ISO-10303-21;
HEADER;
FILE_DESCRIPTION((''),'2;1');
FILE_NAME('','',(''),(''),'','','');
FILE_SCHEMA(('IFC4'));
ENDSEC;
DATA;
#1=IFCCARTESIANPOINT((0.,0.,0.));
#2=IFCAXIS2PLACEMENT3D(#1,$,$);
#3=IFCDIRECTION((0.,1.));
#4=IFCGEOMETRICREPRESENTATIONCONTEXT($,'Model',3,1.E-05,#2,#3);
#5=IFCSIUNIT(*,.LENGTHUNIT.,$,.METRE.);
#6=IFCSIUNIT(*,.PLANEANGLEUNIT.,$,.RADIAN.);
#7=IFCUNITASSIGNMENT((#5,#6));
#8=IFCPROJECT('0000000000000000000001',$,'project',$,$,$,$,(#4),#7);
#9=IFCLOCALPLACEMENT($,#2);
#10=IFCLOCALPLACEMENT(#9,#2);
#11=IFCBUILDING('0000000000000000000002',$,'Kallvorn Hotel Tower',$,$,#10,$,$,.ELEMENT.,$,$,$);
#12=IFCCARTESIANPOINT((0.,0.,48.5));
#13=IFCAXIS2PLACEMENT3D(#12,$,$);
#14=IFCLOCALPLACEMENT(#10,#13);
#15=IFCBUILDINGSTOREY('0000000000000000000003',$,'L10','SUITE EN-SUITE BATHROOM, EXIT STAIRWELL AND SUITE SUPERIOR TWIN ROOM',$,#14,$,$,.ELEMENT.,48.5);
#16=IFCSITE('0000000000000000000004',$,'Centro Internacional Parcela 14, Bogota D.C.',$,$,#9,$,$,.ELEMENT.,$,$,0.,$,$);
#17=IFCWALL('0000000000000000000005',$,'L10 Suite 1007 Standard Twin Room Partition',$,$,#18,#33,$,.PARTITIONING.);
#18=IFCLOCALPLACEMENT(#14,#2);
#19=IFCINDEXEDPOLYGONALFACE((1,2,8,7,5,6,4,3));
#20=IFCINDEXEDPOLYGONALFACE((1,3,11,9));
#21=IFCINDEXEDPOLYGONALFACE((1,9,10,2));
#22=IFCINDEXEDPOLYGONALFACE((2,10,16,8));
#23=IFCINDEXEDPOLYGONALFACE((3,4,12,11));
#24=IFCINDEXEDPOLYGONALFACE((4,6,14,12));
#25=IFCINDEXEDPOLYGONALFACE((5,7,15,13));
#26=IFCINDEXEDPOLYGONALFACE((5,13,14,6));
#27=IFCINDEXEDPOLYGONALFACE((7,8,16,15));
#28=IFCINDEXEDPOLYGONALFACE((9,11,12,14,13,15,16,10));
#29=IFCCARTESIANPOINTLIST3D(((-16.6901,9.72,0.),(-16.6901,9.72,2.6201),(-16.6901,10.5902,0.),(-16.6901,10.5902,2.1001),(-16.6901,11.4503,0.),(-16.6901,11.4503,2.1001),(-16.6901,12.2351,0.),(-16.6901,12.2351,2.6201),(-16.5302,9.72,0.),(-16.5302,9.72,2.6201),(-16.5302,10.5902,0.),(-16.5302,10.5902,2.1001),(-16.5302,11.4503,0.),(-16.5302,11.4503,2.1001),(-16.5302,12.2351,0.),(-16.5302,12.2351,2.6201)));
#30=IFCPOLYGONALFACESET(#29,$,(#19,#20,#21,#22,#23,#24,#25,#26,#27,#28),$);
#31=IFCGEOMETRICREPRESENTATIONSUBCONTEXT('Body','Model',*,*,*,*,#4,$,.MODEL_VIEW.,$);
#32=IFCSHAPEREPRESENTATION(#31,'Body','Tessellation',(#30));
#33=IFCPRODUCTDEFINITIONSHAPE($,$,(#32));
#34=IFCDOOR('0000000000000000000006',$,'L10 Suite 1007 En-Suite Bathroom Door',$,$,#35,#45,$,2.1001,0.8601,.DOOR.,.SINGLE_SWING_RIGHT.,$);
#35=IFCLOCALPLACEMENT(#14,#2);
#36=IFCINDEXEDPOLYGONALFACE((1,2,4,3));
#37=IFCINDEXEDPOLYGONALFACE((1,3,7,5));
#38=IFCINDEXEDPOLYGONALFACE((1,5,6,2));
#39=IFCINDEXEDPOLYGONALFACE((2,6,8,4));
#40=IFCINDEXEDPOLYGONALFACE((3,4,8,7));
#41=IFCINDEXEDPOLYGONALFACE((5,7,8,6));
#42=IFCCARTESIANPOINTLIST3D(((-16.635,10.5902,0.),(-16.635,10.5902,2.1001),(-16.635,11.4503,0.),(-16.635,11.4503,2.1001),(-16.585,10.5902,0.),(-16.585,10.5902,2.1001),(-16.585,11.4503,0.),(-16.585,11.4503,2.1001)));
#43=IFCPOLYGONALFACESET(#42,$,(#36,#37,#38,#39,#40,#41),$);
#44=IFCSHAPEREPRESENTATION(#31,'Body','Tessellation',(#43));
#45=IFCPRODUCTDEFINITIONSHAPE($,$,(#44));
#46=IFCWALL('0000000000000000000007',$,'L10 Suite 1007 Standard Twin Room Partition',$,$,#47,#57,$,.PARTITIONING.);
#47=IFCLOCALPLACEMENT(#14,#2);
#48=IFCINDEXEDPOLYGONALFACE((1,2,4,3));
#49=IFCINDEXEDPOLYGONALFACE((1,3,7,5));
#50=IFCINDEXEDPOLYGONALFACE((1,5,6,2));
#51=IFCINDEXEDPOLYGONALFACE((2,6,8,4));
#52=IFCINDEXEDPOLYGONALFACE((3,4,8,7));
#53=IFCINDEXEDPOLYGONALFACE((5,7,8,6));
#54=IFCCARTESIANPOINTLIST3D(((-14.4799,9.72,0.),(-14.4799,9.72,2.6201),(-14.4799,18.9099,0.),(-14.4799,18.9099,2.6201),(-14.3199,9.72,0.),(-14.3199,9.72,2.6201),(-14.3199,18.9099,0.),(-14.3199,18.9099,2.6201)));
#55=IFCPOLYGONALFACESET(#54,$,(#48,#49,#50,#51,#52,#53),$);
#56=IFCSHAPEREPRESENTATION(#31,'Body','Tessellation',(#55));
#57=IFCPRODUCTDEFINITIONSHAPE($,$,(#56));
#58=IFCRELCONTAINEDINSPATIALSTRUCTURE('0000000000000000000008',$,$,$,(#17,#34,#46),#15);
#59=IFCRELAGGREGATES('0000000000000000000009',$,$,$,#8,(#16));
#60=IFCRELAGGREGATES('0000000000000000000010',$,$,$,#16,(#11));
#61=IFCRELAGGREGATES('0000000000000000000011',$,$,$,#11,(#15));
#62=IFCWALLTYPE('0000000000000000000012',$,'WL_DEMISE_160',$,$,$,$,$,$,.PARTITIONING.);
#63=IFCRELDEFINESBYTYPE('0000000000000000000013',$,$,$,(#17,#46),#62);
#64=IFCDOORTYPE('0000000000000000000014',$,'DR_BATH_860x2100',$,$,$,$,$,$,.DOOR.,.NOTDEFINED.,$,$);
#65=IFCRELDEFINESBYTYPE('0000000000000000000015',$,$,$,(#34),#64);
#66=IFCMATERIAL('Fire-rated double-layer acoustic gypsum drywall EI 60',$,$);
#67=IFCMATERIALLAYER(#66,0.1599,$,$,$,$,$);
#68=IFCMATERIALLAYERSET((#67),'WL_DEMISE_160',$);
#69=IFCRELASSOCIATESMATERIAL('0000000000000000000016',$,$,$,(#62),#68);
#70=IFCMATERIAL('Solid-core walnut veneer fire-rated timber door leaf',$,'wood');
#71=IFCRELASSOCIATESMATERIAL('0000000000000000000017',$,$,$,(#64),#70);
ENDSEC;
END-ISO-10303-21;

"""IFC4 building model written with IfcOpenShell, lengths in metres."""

from ifc_helpers import new_model, si_unit, direction, frame, frame_2d, origin, place, context, subcontext, project, spatial, rectangle, extrude, material, layer, layer_set, type_object, element, fill, save


model = new_model("IFC4")

# Units and contexts
model_context = context("Model", 3, precision=1e-05, world=origin(), true_north=direction((0.0, 1.0)))
body_context = subcontext(model_context, "Body", "Model", "MODEL_VIEW")
ifc_project = project(units=[si_unit("LENGTHUNIT", "METRE"), si_unit("PLANEANGLEUNIT", "RADIAN")], contexts=[model_context])

# Site, building, storey
site_placement = place(None, origin())
site = spatial("IfcSite", under=ifc_project, at=site_placement, Name="Centro Internacional Parcela 14, Bogota D.C.", CompositionType="ELEMENT", RefElevation=0.0)
building_placement = place(site_placement, origin())
building = spatial("IfcBuilding", under=site, at=building_placement, Name="Kallvorn Hotel Tower", CompositionType="ELEMENT")
storey_placement = place(building_placement, frame((0.0, 0.0, 48.5)))
storey = spatial("IfcBuildingStorey", under=building, at=storey_placement, Name="L10", Description="SUITE EN-SUITE BATHROOM, EXIT STAIRWELL AND SUITE SUPERIOR TWIN ROOM", CompositionType="ELEMENT", Elevation=48.5)

# Shared definitions
ifc_material_1 = material(Name="Fire-rated double-layer acoustic gypsum drywall EI 60")
ifc_layer_1 = layer(ifc_material_1, 0.1599)
ifc_layer_set_1 = layer_set([ifc_layer_1], Name="WL_DEMISE_160")
wall_type = type_object("IfcWallType", Name="WL_DEMISE_160", PredefinedType="PARTITIONING", material=ifc_layer_set_1)

# Wall, opening, door
wall_1_placement = place(storey_placement, frame((-16.6101, 9.72, 0.0), z_axis=(0.0, 0.0, 1.0), x_axis=(0.0, 1.0, 0.0)))
wall_1 = element("IfcWall", 1, at=wall_1_placement, inside=storey, type_object=wall_type, Name="L10 Suite 1007 Standard Twin Room Partition", PredefinedType="PARTITIONING", context=body_context, shape_type="SweptSolid", body=[
    extrude(rectangle(XDim=2.5151, YDim=0.1599, at=frame_2d((1.2576, 0.0))), origin(), (0.0, 0.0, 1.0), 2.6201),
])
opening_placement = place(wall_1_placement, frame((0.8701, 0.0, 0.0)))
opening = element("IfcOpeningElement", 2, at=opening_placement, cuts=wall_1, PredefinedType="OPENING", context=body_context, shape_type="SweptSolid", body=[
    extrude(rectangle(XDim=0.8601, YDim=2.1001, at=frame_2d((0.4302, 1.05))), frame((0.0, 0.095, 0.0), z_axis=(0.0, -1.0, 0.0), x_axis=(1.0, 0.0, 0.0)), (0.0, 0.0, 1.0), 0.1899),
])
ifc_material_2 = material(Name="Solid-core walnut veneer fire-rated timber door leaf", Category="wood")
door_type = type_object("IfcDoorType", Name="DR_BATH_860x2100", OperationType="NOTDEFINED", PredefinedType="DOOR", material=ifc_material_2)
door_placement = place(opening_placement, origin())
door = element("IfcDoor", 3, at=door_placement, inside=storey, type_object=door_type, Name="L10 Suite 1007 En-Suite Bathroom Door", OperationType="SINGLE_SWING_RIGHT", OverallHeight=2.1001, OverallWidth=0.8601, PredefinedType="DOOR", context=body_context, shape_type="SweptSolid", body=[
    extrude(rectangle(XDim=0.8601, YDim=2.1001, at=frame_2d((0.4302, 1.05))), frame((0.0, 0.0249, 0.0), z_axis=(0.0, -1.0, 0.0), x_axis=(1.0, 0.0, 0.0)), (0.0, 0.0, 1.0), 0.05),
])
fill(opening, door)

# Wall
wall_2_placement = place(storey_placement, frame((-14.3999, 9.72, 0.0), z_axis=(0.0, 0.0, 1.0), x_axis=(0.0, 1.0, 0.0)))
element("IfcWall", 4, at=wall_2_placement, inside=storey, type_object=wall_type, Name="L10 Suite 1007 Standard Twin Room Partition", PredefinedType="PARTITIONING", context=body_context, shape_type="SweptSolid", body=[
    extrude(rectangle(XDim=9.1899, YDim=0.1599, at=frame_2d((4.595, 0.0))), origin(), (0.0, 0.0, 1.0), 2.6201),
])

save(model, "model.ifc")
